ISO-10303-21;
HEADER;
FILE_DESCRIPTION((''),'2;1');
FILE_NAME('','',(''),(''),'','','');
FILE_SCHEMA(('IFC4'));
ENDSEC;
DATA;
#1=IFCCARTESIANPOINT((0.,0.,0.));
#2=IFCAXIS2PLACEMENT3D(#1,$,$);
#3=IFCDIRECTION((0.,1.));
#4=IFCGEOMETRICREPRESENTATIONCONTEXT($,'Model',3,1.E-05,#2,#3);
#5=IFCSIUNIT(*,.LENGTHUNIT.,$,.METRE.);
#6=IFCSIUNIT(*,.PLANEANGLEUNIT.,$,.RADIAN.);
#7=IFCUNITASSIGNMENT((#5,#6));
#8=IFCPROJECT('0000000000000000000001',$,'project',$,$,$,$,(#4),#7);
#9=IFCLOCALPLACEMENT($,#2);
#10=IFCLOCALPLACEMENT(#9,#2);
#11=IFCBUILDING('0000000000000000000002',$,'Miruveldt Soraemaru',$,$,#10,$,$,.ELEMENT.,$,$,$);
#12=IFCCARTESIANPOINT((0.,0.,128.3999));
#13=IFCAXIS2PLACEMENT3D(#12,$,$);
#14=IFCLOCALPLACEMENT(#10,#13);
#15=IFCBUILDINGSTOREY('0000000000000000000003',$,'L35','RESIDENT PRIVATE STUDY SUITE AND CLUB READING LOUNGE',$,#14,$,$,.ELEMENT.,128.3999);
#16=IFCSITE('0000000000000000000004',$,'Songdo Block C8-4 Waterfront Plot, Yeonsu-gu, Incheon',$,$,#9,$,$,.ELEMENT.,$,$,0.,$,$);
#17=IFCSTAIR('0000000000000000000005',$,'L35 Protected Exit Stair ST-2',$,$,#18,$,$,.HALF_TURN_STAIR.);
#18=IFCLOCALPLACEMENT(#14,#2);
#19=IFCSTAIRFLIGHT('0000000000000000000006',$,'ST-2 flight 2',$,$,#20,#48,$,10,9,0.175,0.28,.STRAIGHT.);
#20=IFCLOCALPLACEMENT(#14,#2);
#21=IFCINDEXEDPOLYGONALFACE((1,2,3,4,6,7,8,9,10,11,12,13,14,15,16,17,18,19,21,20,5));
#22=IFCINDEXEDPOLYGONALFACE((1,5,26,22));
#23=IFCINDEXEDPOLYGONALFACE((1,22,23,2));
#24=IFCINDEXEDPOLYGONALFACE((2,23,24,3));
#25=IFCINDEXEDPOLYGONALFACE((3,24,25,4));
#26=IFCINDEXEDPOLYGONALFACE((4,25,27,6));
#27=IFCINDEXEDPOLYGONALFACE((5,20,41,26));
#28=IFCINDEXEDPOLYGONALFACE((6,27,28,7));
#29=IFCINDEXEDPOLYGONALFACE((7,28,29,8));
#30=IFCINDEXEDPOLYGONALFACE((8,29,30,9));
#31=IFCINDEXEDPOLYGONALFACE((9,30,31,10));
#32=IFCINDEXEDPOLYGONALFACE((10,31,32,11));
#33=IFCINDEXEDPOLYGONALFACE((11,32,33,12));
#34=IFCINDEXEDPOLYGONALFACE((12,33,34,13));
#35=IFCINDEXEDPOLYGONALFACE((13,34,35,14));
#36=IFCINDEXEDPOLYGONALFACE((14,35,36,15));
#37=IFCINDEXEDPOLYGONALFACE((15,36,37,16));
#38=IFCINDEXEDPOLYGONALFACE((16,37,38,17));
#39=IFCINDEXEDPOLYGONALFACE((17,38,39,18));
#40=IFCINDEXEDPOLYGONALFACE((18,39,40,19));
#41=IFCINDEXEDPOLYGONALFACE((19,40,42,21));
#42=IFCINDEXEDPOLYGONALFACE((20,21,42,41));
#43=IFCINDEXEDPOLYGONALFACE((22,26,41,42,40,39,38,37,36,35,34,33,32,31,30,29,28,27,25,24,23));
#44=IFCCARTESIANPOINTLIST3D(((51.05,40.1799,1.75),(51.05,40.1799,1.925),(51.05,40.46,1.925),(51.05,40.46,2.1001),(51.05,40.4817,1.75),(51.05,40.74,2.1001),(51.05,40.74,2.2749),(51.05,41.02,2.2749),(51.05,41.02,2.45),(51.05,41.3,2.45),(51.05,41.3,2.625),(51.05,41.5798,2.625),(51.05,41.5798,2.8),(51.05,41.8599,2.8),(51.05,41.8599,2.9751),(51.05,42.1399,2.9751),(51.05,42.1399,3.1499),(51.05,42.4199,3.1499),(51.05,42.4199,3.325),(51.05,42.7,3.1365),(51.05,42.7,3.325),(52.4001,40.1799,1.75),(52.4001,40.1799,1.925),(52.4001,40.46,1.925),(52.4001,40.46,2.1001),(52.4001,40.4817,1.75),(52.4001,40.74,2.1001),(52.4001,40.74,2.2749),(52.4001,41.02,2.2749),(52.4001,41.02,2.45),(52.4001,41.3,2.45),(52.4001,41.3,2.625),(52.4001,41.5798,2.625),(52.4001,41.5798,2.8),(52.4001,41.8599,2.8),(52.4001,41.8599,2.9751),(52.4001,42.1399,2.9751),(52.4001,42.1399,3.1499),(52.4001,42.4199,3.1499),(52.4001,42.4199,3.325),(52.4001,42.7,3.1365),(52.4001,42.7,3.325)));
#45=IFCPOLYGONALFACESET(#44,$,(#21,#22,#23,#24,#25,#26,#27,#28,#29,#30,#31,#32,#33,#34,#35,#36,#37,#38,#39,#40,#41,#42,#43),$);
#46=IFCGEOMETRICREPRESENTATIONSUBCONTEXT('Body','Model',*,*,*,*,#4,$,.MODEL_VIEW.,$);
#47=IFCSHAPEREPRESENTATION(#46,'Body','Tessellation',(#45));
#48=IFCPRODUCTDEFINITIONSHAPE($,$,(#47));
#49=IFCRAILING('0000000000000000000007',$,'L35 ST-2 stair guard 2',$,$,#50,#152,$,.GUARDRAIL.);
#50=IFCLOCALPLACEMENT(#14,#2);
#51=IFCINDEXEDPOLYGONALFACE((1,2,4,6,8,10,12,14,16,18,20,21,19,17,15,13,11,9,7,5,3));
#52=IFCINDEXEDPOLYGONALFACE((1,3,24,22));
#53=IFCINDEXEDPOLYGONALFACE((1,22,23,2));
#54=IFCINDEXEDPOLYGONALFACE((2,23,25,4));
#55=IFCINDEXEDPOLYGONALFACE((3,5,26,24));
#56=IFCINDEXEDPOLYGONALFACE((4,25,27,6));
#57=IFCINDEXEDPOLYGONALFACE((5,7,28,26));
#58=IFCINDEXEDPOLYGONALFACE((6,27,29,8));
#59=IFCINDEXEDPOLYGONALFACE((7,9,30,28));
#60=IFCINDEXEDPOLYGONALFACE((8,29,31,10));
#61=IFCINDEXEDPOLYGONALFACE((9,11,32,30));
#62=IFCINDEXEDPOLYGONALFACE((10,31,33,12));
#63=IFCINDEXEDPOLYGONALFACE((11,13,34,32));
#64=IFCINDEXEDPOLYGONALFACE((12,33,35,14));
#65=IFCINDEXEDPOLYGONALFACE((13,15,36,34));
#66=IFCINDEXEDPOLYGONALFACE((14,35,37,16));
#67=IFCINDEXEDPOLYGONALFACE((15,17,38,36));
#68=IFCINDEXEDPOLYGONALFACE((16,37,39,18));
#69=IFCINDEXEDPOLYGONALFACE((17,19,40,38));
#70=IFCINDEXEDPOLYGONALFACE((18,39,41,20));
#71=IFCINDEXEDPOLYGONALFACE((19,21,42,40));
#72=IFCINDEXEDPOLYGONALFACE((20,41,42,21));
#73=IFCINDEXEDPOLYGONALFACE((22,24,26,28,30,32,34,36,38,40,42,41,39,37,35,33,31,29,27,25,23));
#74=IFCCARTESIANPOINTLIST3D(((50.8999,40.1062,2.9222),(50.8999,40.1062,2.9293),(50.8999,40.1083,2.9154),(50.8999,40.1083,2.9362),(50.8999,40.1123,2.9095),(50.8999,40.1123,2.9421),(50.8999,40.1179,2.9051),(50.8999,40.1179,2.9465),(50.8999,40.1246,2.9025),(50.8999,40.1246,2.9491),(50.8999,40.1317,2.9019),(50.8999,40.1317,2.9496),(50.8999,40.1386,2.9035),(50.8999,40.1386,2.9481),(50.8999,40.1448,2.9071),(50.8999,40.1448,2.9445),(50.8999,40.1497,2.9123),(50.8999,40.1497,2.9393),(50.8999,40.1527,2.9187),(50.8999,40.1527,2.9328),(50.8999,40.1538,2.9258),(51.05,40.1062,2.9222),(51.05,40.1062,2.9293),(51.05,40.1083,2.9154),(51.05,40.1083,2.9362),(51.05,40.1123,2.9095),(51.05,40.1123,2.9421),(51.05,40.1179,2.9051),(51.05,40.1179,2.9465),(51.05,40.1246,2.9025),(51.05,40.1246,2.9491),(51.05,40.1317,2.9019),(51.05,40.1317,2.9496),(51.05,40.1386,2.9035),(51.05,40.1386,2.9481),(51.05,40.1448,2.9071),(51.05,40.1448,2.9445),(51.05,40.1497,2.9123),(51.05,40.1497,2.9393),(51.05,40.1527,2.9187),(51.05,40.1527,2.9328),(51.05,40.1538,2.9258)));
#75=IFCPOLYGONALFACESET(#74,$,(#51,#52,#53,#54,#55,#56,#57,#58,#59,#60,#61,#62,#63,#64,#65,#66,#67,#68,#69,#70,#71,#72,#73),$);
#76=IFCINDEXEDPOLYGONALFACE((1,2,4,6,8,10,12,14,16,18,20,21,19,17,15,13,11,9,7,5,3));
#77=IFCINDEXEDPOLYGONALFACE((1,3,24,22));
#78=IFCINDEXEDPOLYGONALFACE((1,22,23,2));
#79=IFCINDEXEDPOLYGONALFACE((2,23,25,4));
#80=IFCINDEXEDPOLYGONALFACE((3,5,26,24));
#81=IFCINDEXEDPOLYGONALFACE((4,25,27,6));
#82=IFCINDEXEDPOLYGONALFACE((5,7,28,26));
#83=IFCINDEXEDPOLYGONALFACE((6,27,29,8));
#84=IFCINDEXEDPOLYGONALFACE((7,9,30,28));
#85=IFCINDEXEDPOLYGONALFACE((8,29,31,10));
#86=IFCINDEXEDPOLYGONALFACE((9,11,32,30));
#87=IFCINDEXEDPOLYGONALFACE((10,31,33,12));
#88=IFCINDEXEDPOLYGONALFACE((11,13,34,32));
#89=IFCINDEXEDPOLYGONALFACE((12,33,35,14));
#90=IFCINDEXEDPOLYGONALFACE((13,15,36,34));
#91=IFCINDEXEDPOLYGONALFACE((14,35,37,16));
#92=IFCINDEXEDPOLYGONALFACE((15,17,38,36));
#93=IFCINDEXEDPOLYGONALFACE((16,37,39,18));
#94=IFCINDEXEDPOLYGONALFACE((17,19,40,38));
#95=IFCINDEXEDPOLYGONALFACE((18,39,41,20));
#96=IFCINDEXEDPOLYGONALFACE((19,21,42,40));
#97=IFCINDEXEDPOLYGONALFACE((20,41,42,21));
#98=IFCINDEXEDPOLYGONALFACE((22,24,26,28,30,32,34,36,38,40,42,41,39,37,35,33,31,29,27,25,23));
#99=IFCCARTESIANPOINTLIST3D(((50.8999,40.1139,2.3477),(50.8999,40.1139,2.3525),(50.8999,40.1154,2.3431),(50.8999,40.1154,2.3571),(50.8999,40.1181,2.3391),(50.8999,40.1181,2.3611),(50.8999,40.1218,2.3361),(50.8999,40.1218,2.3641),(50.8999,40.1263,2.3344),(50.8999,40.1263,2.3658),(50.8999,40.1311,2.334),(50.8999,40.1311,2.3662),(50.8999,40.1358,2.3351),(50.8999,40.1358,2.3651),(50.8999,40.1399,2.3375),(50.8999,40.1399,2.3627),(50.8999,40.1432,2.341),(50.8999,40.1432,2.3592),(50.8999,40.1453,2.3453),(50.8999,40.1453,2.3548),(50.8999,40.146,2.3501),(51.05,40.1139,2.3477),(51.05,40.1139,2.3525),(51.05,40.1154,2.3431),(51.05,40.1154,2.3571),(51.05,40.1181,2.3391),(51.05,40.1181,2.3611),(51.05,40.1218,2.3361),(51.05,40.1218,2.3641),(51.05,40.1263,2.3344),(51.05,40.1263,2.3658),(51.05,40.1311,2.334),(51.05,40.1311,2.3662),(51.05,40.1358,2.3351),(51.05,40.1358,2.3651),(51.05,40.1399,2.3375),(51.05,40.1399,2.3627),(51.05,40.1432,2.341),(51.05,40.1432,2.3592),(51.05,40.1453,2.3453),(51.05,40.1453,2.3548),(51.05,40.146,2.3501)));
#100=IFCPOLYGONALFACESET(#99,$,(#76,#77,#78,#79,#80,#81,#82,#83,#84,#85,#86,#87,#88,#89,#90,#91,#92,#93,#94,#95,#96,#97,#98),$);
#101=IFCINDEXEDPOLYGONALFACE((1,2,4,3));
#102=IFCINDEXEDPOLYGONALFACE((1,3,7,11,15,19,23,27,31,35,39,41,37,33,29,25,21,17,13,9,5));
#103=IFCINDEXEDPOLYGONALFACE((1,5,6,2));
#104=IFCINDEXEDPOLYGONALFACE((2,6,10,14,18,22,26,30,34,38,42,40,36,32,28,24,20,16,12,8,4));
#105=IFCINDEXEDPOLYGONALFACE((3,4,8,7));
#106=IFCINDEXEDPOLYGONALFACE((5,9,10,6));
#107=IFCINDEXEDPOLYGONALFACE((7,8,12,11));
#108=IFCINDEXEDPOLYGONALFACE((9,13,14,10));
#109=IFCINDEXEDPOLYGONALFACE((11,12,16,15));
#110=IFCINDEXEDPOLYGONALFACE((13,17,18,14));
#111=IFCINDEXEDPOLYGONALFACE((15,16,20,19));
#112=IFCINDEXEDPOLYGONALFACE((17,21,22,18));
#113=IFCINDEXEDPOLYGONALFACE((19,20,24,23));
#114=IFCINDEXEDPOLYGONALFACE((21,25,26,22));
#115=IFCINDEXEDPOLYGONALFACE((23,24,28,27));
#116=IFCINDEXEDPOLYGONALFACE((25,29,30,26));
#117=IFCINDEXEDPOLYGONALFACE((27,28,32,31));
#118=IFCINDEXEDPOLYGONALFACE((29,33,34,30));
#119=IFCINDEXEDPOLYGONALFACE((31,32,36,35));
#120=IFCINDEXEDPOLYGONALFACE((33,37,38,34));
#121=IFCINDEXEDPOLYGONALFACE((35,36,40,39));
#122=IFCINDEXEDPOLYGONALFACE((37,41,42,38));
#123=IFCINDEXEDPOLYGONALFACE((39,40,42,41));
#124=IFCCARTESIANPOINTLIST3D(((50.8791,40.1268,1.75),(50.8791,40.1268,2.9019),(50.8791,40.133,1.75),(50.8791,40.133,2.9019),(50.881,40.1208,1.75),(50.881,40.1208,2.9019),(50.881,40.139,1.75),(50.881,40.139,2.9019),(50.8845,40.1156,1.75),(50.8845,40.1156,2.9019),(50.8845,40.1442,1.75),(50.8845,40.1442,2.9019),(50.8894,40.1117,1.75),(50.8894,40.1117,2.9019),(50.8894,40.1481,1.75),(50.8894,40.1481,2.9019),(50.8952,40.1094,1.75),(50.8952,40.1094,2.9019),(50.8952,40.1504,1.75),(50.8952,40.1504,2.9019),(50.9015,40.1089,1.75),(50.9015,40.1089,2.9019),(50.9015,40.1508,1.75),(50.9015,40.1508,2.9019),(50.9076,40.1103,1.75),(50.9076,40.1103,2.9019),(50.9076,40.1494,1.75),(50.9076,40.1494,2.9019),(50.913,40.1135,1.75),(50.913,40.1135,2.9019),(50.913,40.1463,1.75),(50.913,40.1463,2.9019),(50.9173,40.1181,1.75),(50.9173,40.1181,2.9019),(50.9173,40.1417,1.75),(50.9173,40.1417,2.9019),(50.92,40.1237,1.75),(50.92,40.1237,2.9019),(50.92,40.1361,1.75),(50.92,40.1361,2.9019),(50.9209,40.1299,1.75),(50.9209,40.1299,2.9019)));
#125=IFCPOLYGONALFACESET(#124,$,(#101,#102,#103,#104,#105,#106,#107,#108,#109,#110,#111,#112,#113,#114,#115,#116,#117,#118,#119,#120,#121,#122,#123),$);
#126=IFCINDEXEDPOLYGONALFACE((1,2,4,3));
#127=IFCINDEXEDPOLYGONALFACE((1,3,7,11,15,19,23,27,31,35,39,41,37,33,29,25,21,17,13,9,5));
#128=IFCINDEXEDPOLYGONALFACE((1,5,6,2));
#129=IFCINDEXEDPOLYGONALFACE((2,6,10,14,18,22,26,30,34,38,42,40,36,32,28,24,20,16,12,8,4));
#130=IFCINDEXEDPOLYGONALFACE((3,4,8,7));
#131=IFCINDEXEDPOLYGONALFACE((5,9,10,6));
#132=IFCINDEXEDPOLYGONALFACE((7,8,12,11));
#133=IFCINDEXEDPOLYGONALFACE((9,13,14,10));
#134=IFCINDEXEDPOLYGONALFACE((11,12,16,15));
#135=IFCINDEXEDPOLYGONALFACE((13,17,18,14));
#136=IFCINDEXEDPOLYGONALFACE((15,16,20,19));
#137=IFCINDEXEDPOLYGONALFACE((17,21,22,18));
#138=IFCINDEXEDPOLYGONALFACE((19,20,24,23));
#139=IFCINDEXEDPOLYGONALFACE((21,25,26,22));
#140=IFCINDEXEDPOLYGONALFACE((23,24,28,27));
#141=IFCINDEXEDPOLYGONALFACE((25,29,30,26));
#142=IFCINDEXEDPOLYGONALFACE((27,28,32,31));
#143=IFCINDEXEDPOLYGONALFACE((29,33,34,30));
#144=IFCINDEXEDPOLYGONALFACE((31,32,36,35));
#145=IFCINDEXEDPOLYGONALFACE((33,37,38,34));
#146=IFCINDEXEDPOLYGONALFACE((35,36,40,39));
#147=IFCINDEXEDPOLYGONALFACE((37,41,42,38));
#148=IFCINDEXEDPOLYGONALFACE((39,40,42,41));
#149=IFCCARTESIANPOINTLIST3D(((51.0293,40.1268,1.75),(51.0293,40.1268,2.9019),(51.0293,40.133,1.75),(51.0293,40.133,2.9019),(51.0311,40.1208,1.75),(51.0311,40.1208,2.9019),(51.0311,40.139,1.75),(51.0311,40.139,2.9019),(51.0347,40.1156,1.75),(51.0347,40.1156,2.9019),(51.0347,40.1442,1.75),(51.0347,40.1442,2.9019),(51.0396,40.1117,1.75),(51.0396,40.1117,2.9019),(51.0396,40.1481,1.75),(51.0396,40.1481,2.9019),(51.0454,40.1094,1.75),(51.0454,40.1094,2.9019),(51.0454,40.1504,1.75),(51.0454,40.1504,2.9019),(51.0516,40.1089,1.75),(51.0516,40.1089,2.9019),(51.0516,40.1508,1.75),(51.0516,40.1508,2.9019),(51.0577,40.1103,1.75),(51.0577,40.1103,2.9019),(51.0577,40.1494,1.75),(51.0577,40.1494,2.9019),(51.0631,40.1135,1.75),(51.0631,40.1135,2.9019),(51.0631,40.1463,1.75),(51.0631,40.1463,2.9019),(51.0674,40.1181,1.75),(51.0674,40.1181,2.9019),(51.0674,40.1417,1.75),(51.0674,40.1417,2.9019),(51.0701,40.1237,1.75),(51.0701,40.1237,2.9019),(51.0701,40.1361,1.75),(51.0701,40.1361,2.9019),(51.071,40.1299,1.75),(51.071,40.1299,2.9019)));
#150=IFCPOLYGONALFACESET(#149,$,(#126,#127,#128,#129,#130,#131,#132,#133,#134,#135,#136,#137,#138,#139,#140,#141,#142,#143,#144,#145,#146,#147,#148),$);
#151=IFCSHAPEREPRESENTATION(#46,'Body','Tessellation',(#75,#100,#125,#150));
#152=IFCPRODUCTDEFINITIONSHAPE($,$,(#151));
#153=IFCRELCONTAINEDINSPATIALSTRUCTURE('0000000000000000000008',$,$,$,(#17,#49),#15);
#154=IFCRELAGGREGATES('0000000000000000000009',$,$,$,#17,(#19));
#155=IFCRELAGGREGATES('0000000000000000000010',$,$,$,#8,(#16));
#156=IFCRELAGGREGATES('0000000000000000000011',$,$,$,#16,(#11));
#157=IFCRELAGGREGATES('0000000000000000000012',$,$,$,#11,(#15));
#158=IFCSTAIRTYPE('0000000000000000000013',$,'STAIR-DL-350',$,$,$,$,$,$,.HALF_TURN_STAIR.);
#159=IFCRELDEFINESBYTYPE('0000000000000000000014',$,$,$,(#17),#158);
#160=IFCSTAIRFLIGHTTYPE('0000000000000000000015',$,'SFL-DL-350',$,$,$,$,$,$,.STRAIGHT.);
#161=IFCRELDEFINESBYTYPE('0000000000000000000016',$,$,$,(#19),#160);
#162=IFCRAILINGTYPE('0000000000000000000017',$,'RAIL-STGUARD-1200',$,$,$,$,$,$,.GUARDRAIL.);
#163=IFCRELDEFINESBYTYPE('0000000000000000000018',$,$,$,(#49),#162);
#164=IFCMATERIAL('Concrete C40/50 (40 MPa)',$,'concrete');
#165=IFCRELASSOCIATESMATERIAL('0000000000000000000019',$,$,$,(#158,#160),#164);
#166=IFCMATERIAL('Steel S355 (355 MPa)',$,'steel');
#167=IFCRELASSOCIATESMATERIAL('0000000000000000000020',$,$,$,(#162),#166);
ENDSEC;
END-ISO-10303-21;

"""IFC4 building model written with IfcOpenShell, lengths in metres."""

from ifc_helpers import new_model, si_unit, direction, frame, origin, origin_2d, place, context, subcontext, project, spatial, polyline, circle, outline, extrude, material, type_object, element, aggregate, save


model = new_model("IFC4")

# Units and contexts
model_context = context("Model", 3, precision=1e-05, world=origin(), true_north=direction((0.0, 1.0)))
body_context = subcontext(model_context, "Body", "Model", "MODEL_VIEW")
ifc_project = project(units=[si_unit("LENGTHUNIT", "METRE"), si_unit("PLANEANGLEUNIT", "RADIAN")], contexts=[model_context])

# Site, building, storey
site_placement = place(None, origin())
site = spatial("IfcSite", under=ifc_project, at=site_placement, Name="Songdo Block C8-4 Waterfront Plot, Yeonsu-gu, Incheon", CompositionType="ELEMENT", RefElevation=0.0)
building_placement = place(site_placement, origin())
building = spatial("IfcBuilding", under=site, at=building_placement, Name="Miruveldt Soraemaru", CompositionType="ELEMENT")
storey_placement = place(building_placement, frame((0.0, 0.0, 128.3999)))
storey = spatial("IfcBuildingStorey", under=building, at=storey_placement, Name="L35", Description="RESIDENT PRIVATE STUDY SUITE AND CLUB READING LOUNGE", CompositionType="ELEMENT", Elevation=128.3999)

# Shared definitions
ifc_material_1 = material(Name="Concrete C40/50 (40 MPa)", Category="concrete")

# Stair, stair flight
stair_type = type_object("IfcStairType", Name="STAIR-DL-350", PredefinedType="HALF_TURN_STAIR", material=ifc_material_1)
stair_placement = place(storey_placement, origin())
stair = element("IfcStair", 1, at=stair_placement, inside=storey, type_object=stair_type, Name="L35 Protected Exit Stair ST-2", PredefinedType="HALF_TURN_STAIR")
stair_flight_type = type_object("IfcStairFlightType", Name="SFL-DL-350", PredefinedType="STRAIGHT", material=ifc_material_1)
stair_flight_placement = place(storey_placement, frame((51.7251, 40.1799, 1.75), z_axis=(0.0, 0.0, 1.0), x_axis=(0.0, 1.0, 0.0)))
stair_flight = element("IfcStairFlight", 2, at=stair_flight_placement, type_object=stair_flight_type, Name="ST-2 flight 2", NumberOfRisers=10, NumberOfTreads=9, PredefinedType="STRAIGHT", RiserHeight=0.175, TreadLength=0.28, context=body_context, shape_type="SweptSolid", body=[
    extrude(outline(polyline([(0.0, 0.0), (0.0, 0.175), (0.28, 0.175), (0.28, 0.3501), (0.5601, 0.3501), (0.5601, 0.5249), (0.8401, 0.5249), (0.8401, 0.7), (1.1201, 0.7), (1.1201, 0.875), (1.3999, 0.875), (1.3999, 1.05), (1.6799, 1.05), (1.6799, 1.2251), (1.96, 1.2251), (1.96, 1.3999), (2.24, 1.3999), (2.24, 1.575), (2.52, 1.575), (2.52, 1.75), (2.52, 1.3865), (0.3018, 0.0), (0.0, 0.0)])), frame((0.0, 0.675, 0.0), z_axis=(0.0, -1.0, 0.0), x_axis=(1.0, 0.0, 0.0)), (0.0, 0.0, 1.0), 1.3501),
])
aggregate(stair, [stair_flight])

# Railing
ifc_material_2 = material(Name="Steel S355 (355 MPa)", Category="steel")
railing_type_1 = type_object("IfcRailingType", Name="RAIL-STGUARD-1200", PredefinedType="GUARDRAIL", material=ifc_material_2)
railing_1_placement = place(storey_placement, frame((50.8999, 40.1299, 1.75)))
element("IfcRailing", 3, at=railing_1_placement, inside=storey, type_object=railing_type_1, Name="L35 ST-2 stair guard 2", PredefinedType="GUARDRAIL", context=body_context, shape_type="SweptSolid", body=[
    extrude(circle(Radius=0.0239, at=origin_2d()), frame((0.0, 0.0, 1.1758), z_axis=(1.0, 0.0, 0.0), x_axis=(0.0, 1.0, 0.0)), (0.0, 0.0, 1.0), 0.1501),
    extrude(circle(Radius=0.0161, at=origin_2d()), frame((0.0, 0.0, 0.6001), z_axis=(1.0, 0.0, 0.0), x_axis=(0.0, 1.0, 0.0)), (0.0, 0.0, 1.0), 0.1501),
    extrude(circle(Radius=0.021, at=origin_2d()), origin(), (0.0, 0.0, 1.0), 1.1519),
    extrude(circle(Radius=0.021, at=origin_2d()), frame((0.1501, 0.0, 0.0)), (0.0, 0.0, 1.0), 1.1519),
])

save(model, "model.ifc")
